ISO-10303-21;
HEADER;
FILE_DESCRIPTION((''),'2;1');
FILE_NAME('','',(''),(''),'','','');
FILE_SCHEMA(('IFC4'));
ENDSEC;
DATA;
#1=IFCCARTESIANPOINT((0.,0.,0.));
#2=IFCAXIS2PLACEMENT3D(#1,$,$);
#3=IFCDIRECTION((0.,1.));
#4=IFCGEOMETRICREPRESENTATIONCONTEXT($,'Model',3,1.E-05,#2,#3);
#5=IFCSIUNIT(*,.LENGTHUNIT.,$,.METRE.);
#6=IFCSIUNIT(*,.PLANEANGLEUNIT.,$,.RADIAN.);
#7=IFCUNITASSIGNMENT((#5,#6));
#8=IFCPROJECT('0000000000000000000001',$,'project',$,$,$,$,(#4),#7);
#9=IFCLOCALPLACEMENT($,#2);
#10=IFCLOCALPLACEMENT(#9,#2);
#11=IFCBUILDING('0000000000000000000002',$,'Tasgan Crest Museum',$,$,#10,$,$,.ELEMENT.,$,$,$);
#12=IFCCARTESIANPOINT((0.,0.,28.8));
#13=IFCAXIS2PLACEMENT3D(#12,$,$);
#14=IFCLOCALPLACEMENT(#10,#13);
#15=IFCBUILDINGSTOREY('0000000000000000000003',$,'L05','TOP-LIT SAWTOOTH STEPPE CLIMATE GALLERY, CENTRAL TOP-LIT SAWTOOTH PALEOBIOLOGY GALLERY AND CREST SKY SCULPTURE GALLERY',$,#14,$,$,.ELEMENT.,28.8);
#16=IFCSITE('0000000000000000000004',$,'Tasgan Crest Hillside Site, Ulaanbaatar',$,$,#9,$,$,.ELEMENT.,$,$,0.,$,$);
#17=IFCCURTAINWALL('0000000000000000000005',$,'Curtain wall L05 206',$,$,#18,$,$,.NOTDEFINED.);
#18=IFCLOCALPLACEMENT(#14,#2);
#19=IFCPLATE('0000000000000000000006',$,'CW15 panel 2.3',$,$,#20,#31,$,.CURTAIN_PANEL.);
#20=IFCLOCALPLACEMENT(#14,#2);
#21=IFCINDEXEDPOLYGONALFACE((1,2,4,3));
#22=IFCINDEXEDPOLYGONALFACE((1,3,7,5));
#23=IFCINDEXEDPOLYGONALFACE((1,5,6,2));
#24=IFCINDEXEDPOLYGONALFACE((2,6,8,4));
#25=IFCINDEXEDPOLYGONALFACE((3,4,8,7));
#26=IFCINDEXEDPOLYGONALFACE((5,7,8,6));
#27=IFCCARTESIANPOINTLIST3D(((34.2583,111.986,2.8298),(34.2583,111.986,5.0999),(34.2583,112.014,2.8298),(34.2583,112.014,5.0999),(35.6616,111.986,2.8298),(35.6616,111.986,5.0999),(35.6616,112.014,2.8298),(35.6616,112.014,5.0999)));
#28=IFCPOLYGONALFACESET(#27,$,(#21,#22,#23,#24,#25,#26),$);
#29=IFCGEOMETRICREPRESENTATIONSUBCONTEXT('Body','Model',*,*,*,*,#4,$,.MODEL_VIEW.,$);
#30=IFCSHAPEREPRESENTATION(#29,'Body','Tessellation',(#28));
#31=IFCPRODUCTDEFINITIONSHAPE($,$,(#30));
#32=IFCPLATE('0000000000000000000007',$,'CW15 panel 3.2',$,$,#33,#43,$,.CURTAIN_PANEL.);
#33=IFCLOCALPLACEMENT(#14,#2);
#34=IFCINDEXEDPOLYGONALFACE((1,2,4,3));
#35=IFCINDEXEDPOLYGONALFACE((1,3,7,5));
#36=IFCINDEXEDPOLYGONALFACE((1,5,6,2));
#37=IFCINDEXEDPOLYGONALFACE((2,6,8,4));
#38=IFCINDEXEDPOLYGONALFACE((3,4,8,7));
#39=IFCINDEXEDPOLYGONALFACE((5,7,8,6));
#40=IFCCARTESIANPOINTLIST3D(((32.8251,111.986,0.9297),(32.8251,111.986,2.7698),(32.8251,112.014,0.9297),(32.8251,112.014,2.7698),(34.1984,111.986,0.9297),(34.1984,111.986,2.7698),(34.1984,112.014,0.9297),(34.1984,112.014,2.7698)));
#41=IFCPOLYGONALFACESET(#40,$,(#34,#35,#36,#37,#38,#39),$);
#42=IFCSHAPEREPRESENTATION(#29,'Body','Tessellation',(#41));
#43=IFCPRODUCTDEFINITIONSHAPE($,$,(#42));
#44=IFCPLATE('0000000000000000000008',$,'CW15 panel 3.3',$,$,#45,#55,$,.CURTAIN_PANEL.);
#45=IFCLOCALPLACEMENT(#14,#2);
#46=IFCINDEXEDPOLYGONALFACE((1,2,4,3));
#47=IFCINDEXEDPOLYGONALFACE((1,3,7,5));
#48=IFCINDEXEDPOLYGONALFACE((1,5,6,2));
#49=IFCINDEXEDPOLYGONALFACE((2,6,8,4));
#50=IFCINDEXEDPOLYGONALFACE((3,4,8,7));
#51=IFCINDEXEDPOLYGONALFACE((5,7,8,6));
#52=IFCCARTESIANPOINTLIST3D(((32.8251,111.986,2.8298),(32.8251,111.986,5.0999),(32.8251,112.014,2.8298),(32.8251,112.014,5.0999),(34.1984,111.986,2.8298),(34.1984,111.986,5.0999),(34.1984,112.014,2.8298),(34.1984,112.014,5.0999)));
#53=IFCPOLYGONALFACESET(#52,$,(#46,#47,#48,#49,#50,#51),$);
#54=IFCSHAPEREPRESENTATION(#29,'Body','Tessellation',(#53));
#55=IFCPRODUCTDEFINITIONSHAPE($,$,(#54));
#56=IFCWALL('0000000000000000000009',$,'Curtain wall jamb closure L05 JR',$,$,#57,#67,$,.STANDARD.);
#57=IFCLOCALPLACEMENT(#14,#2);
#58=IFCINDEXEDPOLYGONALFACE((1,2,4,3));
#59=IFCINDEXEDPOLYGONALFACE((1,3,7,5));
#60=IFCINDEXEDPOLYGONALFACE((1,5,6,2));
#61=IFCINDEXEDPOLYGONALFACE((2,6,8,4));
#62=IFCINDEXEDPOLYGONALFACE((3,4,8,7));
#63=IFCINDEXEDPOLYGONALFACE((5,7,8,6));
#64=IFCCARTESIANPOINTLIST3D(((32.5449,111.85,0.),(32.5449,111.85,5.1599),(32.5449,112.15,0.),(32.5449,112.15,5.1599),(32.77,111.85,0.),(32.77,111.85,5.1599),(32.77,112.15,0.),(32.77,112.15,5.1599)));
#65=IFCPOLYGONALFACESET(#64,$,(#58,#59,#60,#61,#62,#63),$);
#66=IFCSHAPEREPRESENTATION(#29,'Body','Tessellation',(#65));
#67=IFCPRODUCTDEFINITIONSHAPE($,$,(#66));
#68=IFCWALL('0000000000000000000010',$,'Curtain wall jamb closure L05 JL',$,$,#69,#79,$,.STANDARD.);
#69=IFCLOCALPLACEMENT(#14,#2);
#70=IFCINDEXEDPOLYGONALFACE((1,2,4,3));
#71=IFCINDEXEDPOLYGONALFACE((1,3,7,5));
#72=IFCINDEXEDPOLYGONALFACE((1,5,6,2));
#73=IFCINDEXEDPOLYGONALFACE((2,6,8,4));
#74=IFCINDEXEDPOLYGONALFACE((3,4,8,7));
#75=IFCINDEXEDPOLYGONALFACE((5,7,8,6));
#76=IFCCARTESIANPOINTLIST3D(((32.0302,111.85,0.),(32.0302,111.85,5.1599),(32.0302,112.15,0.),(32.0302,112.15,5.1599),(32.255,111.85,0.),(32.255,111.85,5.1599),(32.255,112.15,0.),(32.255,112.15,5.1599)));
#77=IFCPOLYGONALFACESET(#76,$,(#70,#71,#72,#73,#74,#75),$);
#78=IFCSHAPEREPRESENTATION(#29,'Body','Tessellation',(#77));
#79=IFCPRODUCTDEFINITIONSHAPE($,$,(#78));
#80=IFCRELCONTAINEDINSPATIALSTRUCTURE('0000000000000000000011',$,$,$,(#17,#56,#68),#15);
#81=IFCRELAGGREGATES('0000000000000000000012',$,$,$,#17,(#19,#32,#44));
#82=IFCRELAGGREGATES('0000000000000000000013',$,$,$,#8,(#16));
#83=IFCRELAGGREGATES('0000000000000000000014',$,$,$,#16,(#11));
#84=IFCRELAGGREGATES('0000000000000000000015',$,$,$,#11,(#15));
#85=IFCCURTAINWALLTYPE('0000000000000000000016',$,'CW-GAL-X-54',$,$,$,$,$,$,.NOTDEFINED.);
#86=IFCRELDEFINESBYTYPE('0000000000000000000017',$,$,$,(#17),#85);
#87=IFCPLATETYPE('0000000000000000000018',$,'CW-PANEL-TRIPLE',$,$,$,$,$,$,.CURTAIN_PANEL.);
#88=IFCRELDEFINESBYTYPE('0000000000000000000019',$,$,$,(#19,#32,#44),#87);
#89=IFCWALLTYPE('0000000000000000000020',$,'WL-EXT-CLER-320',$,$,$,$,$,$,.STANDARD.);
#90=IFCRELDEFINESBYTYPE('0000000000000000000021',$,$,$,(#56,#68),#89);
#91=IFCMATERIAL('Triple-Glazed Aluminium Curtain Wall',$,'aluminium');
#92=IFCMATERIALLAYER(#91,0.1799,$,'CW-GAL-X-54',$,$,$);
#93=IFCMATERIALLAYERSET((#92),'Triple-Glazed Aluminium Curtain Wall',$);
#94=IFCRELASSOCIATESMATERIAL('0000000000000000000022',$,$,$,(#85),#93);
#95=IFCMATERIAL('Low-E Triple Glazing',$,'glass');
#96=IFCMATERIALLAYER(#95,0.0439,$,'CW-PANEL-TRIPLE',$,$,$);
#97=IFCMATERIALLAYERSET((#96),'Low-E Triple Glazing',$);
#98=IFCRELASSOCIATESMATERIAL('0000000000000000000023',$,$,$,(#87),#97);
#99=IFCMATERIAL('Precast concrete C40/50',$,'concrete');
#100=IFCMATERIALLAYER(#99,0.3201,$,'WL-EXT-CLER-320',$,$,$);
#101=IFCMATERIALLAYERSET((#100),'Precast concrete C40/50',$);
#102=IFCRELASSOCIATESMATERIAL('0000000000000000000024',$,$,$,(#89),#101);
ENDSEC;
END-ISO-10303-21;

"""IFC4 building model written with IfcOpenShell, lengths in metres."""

from ifc_helpers import new_model, si_unit, direction, frame, frame_2d, origin, origin_2d, place, context, subcontext, project, spatial, rectangle, extrude, material, layer, layer_set, type_object, element, aggregate, save


model = new_model("IFC4")

# Units and contexts
model_context = context("Model", 3, precision=1e-05, world=origin(), true_north=direction((0.0, 1.0)))
body_context = subcontext(model_context, "Body", "Model", "MODEL_VIEW")
ifc_project = project(units=[si_unit("LENGTHUNIT", "METRE"), si_unit("PLANEANGLEUNIT", "RADIAN")], contexts=[model_context])

# Site, building, storey
site_placement = place(None, origin())
site = spatial("IfcSite", under=ifc_project, at=site_placement, Name="Tasgan Crest Hillside Site, Ulaanbaatar", CompositionType="ELEMENT", RefElevation=0.0)
building_placement = place(site_placement, origin())
building = spatial("IfcBuilding", under=site, at=building_placement, Name="Tasgan Crest Museum", CompositionType="ELEMENT")
storey_placement = place(building_placement, frame((0.0, 0.0, 28.8)))
storey = spatial("IfcBuildingStorey", under=building, at=storey_placement, Name="L05", Description="TOP-LIT SAWTOOTH STEPPE CLIMATE GALLERY, CENTRAL TOP-LIT SAWTOOTH PALEOBIOLOGY GALLERY AND CREST SKY SCULPTURE GALLERY", CompositionType="ELEMENT", Elevation=28.8)

# Curtain wall
ifc_material_1 = material(Name="Triple-Glazed Aluminium Curtain Wall", Category="aluminium")
ifc_layer_1 = layer(ifc_material_1, 0.1799, Name="CW-GAL-X-54")
ifc_layer_set_1 = layer_set([ifc_layer_1], Name="Triple-Glazed Aluminium Curtain Wall")
curtain_wall_type = type_object("IfcCurtainWallType", Name="CW-GAL-X-54", PredefinedType="NOTDEFINED", material=ifc_layer_set_1)
curtain_wall_1_placement = place(storey_placement, origin())
curtain_wall_1 = element("IfcCurtainWall", 1, at=curtain_wall_1_placement, inside=storey, type_object=curtain_wall_type, Name="Curtain wall L05 206", PredefinedType="NOTDEFINED")

# Plates
ifc_material_2 = material(Name="Low-E Triple Glazing", Category="glass")
ifc_layer_2 = layer(ifc_material_2, 0.0439, Name="CW-PANEL-TRIPLE")
ifc_layer_set_2 = layer_set([ifc_layer_2], Name="Low-E Triple Glazing")
plate_type_1 = type_object("IfcPlateType", Name="CW-PANEL-TRIPLE", PredefinedType="CURTAIN_PANEL", material=ifc_layer_set_2)
plate_1_placement = place(storey_placement, frame((34.96, 112.0, 2.8298), z_axis=(0.0, 0.0, 1.0), x_axis=(-1.0, 0.0, 0.0)))
plate_1 = element("IfcPlate", 2, at=plate_1_placement, type_object=plate_type_1, Name="CW15 panel 2.3", PredefinedType="CURTAIN_PANEL", context=body_context, shape_type="SweptSolid", body=[
    extrude(rectangle(XDim=1.4033, YDim=0.0281, at=origin_2d()), origin(), (0.0, 0.0, 1.0), 2.27),
])
plate_2_placement = place(storey_placement, frame((33.5117, 112.0, 0.9297), z_axis=(0.0, 0.0, 1.0), x_axis=(-1.0, 0.0, 0.0)))
plate_2 = element("IfcPlate", 3, at=plate_2_placement, type_object=plate_type_1, Name="CW15 panel 3.2", PredefinedType="CURTAIN_PANEL", context=body_context, shape_type="SweptSolid", body=[
    extrude(rectangle(XDim=1.3733, YDim=0.0281, at=origin_2d()), origin(), (0.0, 0.0, 1.0), 1.8401),
])
plate_3_placement = place(storey_placement, frame((33.5117, 112.0, 2.8298), z_axis=(0.0, 0.0, 1.0), x_axis=(-1.0, 0.0, 0.0)))
plate_3 = element("IfcPlate", 4, at=plate_3_placement, type_object=plate_type_1, Name="CW15 panel 3.3", PredefinedType="CURTAIN_PANEL", context=body_context, shape_type="SweptSolid", body=[
    extrude(rectangle(XDim=1.3733, YDim=0.0281, at=origin_2d()), origin(), (0.0, 0.0, 1.0), 2.27),
])
aggregate(curtain_wall_1, [plate_1, plate_2, plate_3])

# Walls
ifc_material_3 = material(Name="Precast concrete C40/50", Category="concrete")
ifc_layer_3 = layer(ifc_material_3, 0.3201, Name="WL-EXT-CLER-320")
ifc_layer_set_3 = layer_set([ifc_layer_3], Name="Precast concrete C40/50")
wall_type = type_object("IfcWallType", Name="WL-EXT-CLER-320", PredefinedType="STANDARD", material=ifc_layer_set_3)
wall_1_placement = place(storey_placement, frame((32.77, 112.0, 0.0), z_axis=(0.0, 0.0, 1.0), x_axis=(-1.0, 0.0, 0.0)))
element("IfcWall", 5, at=wall_1_placement, inside=storey, type_object=wall_type, Name="Curtain wall jamb closure L05 JR", PredefinedType="STANDARD", context=body_context, shape_type="SweptSolid", body=[
    extrude(rectangle(XDim=0.2251, YDim=0.3, at=frame_2d((0.1125, 0.0))), origin(), (0.0, 0.0, 1.0), 5.1599),
])
wall_2_placement = place(storey_placement, frame((32.2549, 112.0, 0.0), z_axis=(0.0, 0.0, 1.0), x_axis=(-1.0, 0.0, 0.0)))
element("IfcWall", 6, at=wall_2_placement, inside=storey, type_object=wall_type, Name="Curtain wall jamb closure L05 JL", PredefinedType="STANDARD", context=body_context, shape_type="SweptSolid", body=[
    extrude(rectangle(XDim=0.2249, YDim=0.3, at=frame_2d((0.1123, 0.0))), origin(), (0.0, 0.0, 1.0), 5.1599),
])

save(model, "model.ifc")
